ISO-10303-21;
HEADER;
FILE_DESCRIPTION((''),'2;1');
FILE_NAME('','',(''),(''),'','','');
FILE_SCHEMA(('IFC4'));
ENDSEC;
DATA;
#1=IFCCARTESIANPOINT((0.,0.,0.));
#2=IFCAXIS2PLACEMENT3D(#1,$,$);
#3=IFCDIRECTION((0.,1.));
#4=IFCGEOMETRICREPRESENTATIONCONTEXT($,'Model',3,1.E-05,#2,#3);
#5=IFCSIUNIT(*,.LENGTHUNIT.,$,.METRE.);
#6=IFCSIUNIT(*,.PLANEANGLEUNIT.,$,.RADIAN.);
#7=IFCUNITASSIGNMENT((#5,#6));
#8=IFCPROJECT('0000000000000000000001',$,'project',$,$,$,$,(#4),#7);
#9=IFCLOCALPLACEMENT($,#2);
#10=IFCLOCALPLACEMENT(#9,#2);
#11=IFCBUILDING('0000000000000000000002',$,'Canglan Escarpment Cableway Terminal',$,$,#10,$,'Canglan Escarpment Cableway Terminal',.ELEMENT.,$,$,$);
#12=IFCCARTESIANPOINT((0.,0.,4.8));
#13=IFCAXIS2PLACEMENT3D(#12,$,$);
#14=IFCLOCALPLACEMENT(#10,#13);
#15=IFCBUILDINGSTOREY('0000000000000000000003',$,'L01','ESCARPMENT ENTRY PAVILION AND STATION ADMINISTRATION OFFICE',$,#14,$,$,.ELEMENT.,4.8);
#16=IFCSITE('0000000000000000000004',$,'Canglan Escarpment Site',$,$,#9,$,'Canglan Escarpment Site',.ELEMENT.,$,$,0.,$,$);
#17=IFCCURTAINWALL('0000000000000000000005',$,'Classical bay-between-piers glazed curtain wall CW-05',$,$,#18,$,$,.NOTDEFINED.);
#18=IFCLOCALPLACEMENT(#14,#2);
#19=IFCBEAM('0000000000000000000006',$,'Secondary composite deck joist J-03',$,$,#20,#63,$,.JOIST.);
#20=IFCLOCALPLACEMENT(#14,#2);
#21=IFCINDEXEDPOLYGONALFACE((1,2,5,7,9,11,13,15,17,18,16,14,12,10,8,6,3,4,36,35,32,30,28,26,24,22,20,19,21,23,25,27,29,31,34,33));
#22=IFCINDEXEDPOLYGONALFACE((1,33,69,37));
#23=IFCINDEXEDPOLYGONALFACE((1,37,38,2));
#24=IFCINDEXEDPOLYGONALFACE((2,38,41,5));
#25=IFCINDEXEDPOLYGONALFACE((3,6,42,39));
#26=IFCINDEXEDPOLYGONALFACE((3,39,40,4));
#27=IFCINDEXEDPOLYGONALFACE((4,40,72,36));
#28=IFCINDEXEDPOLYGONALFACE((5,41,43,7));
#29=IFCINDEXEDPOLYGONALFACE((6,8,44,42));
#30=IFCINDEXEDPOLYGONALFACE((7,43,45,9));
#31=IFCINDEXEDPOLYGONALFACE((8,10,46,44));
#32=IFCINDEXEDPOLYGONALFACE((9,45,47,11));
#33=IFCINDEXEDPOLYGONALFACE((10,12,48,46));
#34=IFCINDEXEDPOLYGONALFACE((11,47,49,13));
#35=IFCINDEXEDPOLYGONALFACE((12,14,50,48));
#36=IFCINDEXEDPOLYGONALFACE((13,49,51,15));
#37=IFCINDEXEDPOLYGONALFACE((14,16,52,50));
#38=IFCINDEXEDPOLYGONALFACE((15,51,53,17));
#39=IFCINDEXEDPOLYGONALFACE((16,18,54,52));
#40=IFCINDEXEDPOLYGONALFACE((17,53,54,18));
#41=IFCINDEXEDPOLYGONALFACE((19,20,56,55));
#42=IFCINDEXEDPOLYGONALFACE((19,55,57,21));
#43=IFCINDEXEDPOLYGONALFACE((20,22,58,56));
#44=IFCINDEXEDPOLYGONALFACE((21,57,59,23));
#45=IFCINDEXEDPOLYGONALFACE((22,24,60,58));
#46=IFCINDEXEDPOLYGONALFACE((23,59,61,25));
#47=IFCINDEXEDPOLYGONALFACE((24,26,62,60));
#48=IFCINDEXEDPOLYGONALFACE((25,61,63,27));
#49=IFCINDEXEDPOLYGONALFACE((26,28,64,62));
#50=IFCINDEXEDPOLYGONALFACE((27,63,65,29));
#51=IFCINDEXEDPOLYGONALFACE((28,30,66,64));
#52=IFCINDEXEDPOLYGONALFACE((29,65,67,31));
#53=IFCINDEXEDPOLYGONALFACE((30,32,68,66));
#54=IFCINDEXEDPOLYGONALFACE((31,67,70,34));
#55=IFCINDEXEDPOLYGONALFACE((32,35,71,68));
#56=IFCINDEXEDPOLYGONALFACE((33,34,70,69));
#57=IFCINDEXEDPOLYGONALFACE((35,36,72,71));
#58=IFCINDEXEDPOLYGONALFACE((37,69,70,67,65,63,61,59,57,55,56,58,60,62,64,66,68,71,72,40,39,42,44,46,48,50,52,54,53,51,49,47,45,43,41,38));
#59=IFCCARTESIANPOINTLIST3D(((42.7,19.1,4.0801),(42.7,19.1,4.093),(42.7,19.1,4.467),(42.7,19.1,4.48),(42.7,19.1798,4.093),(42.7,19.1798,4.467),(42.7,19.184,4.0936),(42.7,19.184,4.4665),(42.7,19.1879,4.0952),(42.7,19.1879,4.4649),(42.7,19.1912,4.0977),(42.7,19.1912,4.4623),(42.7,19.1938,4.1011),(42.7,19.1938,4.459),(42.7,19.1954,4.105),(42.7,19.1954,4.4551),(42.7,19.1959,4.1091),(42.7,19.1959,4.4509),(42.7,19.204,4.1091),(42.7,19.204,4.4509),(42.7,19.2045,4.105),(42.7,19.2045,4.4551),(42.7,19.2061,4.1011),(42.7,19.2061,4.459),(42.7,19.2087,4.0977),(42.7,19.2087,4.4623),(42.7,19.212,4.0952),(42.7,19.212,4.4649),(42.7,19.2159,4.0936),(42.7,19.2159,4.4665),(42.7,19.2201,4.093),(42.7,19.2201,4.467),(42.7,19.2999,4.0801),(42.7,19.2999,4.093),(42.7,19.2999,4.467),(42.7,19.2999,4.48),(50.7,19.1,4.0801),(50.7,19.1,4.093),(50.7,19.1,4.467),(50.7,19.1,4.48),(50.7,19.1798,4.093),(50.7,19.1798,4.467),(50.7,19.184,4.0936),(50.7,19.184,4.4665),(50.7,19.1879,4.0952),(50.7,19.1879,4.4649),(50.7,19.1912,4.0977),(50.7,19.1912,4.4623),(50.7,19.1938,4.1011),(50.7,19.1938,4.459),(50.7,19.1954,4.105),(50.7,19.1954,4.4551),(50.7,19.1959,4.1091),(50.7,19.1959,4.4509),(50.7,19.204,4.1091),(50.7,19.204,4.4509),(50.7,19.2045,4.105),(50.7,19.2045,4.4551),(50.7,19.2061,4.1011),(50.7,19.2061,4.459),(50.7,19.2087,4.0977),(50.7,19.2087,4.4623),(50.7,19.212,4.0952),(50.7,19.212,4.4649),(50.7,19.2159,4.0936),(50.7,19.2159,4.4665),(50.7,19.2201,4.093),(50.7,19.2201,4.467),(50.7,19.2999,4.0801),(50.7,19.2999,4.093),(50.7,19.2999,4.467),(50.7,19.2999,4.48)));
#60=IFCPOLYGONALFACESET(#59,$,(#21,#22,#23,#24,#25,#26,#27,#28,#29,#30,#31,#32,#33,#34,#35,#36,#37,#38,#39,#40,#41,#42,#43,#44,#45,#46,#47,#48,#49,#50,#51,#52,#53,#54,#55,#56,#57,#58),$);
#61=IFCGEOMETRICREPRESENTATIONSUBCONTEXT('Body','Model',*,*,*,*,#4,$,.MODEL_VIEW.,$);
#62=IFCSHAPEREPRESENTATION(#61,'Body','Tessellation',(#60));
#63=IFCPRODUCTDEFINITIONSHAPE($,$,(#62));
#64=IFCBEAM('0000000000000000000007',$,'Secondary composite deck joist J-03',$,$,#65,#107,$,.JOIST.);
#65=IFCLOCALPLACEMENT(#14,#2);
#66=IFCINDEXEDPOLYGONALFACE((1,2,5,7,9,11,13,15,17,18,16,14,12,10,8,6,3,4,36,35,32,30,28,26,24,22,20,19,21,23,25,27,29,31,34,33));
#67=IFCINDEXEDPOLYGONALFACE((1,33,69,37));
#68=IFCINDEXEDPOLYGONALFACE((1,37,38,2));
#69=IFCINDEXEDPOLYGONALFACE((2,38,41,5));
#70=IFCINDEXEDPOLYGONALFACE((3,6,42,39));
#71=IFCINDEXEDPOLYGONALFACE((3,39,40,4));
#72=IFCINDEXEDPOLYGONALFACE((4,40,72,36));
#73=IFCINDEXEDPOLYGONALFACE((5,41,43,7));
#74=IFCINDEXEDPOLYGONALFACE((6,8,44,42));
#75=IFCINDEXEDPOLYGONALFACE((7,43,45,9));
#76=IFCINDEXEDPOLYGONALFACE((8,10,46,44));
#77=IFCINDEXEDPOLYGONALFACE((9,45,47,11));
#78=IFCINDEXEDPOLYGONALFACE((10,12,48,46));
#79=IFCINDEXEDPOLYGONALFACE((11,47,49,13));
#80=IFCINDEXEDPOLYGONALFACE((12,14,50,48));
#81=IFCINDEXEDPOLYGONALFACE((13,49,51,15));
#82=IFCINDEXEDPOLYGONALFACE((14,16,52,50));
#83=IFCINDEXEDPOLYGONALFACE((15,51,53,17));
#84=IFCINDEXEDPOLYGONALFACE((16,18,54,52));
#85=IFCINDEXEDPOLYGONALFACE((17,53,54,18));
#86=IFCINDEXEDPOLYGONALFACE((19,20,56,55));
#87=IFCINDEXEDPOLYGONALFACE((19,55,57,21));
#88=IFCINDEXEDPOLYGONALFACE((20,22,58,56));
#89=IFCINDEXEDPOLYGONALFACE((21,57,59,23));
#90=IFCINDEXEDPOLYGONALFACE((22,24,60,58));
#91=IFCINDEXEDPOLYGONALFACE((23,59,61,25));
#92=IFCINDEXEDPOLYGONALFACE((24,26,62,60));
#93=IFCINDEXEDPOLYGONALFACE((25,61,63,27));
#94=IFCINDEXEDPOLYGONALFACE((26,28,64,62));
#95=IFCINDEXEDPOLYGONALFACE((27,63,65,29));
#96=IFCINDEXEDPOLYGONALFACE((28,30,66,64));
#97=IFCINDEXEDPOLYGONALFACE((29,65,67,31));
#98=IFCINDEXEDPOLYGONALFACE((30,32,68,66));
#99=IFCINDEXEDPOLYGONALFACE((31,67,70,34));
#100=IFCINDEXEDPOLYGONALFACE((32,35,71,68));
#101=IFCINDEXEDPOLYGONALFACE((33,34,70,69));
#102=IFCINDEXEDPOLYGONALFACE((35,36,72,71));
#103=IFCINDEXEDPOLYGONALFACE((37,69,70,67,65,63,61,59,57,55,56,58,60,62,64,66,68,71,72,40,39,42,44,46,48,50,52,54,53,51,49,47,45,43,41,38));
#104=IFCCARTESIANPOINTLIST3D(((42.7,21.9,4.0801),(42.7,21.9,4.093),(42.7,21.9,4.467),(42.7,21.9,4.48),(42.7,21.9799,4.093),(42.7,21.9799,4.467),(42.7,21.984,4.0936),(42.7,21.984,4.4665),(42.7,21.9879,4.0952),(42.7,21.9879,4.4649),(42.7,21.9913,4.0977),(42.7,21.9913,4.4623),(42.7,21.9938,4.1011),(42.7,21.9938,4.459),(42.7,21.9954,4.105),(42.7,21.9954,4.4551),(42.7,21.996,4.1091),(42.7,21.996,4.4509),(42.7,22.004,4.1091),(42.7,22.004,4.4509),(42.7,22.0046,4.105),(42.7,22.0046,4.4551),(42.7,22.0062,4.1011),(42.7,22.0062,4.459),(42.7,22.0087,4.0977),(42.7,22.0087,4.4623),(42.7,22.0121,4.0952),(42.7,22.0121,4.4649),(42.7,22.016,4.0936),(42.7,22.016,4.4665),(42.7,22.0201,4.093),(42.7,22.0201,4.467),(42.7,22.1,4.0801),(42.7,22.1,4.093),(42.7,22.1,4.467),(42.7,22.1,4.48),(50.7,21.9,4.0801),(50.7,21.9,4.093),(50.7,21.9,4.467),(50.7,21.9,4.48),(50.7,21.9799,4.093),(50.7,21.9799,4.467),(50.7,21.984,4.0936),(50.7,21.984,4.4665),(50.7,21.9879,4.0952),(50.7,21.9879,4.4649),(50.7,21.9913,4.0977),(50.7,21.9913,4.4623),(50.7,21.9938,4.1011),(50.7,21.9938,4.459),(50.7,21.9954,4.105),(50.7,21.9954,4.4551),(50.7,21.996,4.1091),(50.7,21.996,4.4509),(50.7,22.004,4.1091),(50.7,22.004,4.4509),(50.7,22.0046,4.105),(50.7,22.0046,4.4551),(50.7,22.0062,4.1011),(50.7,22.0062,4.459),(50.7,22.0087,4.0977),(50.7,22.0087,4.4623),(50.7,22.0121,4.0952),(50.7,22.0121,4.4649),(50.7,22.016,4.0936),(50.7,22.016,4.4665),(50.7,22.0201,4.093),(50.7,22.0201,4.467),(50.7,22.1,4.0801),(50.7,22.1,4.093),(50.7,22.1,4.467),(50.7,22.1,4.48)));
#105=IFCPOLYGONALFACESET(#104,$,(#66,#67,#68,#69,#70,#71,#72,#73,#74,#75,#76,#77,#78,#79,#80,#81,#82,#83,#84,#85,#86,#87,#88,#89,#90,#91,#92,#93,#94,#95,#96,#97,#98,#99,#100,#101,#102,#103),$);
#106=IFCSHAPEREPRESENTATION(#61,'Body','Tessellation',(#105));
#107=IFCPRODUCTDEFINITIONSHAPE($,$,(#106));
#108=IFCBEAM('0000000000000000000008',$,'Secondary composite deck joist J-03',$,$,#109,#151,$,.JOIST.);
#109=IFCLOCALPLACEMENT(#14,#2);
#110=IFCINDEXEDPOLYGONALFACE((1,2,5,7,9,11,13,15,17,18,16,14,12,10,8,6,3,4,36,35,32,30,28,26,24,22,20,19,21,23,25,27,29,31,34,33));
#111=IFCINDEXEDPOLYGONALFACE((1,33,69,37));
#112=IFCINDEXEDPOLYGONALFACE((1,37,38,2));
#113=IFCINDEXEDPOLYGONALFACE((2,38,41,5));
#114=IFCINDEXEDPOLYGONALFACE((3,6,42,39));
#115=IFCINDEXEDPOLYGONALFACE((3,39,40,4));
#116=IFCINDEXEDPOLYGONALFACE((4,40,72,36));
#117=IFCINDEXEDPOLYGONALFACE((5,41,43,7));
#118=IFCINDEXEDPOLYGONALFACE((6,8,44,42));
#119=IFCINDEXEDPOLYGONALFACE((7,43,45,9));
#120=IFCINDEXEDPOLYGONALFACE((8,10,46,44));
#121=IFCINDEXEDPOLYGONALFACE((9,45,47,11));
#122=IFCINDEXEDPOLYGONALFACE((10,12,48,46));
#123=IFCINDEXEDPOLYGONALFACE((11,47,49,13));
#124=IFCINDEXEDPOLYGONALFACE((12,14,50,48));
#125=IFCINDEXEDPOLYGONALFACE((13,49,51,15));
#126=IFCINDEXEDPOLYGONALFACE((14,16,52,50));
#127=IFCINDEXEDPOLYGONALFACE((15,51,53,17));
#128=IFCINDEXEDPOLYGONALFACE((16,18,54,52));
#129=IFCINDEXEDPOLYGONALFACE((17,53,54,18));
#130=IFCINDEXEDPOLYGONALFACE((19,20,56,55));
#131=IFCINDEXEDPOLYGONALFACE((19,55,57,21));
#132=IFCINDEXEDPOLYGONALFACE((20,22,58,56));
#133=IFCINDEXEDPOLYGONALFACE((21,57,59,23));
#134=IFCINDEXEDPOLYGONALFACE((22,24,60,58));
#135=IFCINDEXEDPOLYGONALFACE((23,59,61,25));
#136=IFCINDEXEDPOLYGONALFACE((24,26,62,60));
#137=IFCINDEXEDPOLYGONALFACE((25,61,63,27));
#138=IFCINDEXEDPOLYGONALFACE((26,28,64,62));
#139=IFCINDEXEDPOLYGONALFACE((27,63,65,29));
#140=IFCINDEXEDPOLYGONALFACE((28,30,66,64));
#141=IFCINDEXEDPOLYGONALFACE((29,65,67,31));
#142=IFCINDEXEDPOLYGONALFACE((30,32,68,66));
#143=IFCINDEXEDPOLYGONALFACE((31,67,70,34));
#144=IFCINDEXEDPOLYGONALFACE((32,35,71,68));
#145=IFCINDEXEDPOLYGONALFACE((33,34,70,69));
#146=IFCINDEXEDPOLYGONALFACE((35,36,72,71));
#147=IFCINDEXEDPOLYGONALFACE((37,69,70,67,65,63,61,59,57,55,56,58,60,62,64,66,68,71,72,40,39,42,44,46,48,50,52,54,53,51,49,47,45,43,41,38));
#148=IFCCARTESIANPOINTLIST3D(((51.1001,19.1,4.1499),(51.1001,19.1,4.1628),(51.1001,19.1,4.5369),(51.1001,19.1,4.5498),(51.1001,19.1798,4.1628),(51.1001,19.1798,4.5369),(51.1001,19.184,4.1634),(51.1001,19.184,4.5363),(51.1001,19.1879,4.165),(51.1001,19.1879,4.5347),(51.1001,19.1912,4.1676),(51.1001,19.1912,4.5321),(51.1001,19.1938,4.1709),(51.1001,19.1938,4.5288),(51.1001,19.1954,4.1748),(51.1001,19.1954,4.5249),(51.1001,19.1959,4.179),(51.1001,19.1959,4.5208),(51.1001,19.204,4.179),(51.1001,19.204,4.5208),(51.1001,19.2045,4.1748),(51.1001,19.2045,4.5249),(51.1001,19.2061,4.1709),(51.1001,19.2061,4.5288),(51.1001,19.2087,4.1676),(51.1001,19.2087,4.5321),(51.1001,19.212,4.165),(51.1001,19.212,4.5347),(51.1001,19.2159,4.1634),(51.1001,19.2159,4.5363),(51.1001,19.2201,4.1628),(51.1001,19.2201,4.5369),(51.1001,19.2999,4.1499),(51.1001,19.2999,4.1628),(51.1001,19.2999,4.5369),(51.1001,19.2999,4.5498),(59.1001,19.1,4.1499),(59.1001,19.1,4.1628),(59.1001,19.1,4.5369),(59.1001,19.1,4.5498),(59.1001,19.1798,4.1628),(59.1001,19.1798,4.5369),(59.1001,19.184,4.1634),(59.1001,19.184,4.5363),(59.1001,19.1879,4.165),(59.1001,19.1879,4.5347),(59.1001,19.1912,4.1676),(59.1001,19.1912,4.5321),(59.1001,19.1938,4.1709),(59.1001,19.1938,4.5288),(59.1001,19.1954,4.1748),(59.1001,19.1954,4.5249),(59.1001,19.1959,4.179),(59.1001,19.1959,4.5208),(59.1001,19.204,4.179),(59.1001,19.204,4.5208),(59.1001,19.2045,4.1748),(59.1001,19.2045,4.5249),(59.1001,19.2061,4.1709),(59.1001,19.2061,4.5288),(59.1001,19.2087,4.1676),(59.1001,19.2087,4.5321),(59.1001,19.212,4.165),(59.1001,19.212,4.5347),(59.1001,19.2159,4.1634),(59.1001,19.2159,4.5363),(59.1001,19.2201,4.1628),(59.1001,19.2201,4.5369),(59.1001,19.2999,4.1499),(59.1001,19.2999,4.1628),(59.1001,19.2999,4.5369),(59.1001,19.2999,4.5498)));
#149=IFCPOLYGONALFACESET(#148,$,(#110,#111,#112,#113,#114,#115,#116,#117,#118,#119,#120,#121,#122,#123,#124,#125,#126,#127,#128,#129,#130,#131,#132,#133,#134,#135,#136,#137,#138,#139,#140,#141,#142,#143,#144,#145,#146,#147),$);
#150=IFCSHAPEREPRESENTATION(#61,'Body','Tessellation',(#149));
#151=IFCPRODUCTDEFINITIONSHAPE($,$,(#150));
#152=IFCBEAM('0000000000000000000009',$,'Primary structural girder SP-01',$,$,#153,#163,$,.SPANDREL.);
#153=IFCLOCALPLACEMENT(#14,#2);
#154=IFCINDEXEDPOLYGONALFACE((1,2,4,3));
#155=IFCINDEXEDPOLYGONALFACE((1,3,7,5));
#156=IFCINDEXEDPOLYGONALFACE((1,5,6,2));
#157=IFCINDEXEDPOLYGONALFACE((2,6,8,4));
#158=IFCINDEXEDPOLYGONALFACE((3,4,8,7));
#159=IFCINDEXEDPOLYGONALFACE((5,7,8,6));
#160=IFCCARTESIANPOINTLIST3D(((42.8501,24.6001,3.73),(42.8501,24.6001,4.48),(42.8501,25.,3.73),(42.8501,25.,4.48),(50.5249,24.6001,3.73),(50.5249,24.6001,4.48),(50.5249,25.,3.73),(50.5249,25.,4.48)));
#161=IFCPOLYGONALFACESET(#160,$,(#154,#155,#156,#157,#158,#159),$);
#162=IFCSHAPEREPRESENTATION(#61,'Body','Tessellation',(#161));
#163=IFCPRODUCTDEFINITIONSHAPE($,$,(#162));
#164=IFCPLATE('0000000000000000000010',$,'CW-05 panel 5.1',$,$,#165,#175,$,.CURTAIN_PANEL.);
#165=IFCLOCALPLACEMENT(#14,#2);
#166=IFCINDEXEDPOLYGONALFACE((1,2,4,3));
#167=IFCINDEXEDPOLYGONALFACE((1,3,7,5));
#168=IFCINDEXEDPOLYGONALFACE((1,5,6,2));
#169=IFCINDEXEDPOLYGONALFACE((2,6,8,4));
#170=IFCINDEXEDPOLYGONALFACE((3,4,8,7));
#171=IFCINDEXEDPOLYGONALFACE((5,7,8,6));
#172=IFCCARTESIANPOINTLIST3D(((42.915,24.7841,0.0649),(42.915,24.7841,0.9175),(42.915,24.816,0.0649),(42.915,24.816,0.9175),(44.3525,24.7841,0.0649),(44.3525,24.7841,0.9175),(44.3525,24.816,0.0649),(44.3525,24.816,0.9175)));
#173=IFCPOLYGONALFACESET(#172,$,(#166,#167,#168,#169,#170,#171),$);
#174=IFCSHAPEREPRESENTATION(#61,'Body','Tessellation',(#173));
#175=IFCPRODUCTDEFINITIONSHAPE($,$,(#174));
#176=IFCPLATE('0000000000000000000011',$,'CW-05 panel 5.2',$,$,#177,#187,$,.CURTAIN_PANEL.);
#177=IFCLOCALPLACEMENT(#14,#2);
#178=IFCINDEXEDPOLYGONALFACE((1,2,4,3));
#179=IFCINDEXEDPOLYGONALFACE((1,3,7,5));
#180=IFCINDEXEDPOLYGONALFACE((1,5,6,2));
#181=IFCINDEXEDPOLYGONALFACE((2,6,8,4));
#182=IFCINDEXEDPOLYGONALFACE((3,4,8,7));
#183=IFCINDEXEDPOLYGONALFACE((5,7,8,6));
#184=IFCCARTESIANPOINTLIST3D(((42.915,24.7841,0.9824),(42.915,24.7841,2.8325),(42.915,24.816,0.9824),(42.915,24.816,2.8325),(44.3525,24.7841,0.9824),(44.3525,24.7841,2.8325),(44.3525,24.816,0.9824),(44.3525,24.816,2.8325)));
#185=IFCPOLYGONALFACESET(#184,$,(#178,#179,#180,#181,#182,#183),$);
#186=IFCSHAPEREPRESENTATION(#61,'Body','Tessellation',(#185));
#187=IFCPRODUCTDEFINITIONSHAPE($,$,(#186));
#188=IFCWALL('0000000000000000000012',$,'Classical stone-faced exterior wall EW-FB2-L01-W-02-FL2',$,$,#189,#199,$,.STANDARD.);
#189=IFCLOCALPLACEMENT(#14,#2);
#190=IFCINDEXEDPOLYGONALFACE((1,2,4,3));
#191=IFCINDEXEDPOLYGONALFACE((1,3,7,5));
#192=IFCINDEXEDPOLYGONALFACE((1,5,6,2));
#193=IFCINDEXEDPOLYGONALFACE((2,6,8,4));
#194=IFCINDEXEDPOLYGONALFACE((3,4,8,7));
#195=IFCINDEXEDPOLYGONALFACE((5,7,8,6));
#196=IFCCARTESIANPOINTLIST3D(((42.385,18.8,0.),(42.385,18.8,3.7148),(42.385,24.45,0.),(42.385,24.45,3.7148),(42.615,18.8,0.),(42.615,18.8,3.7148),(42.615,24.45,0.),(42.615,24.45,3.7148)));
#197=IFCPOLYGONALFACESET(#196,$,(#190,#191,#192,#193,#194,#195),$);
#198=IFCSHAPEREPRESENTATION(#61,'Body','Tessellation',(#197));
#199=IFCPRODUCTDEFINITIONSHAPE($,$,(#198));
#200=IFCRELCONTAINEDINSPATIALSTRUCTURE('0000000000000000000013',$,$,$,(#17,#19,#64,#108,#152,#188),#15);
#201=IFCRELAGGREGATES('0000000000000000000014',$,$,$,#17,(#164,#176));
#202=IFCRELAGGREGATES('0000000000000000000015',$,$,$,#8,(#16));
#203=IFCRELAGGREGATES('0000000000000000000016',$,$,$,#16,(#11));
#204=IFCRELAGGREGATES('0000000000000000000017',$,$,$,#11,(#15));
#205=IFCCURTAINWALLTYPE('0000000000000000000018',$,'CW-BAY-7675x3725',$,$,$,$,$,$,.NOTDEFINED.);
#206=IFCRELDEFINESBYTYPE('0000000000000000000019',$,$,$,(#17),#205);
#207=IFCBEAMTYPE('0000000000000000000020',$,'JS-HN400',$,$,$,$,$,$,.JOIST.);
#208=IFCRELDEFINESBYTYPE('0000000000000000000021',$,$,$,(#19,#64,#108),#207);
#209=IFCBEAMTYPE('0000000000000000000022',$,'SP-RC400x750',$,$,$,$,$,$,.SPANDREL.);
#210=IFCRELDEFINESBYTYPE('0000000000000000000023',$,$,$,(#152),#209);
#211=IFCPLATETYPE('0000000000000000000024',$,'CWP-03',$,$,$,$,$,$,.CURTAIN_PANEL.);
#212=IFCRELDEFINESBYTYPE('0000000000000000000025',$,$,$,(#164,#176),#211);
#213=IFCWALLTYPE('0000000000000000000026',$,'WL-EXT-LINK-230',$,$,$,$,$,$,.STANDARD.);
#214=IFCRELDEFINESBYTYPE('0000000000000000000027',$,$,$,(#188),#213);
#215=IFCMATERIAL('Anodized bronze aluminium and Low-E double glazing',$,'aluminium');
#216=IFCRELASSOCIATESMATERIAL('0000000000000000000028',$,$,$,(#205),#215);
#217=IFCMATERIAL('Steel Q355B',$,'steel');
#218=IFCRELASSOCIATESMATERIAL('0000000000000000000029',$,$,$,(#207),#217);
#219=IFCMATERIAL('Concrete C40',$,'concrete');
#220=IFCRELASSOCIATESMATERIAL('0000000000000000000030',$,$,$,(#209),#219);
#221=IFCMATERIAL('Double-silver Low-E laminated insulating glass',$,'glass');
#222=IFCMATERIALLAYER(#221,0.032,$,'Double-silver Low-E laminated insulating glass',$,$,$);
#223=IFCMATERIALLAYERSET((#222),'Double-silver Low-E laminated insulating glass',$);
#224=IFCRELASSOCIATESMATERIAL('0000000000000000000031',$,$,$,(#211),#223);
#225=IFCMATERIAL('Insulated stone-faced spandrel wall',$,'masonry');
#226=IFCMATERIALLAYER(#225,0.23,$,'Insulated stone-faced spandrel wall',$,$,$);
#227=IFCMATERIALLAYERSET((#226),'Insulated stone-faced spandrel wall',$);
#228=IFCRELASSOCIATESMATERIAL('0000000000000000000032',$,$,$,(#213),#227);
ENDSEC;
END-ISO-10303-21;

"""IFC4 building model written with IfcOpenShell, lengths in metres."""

from ifc_helpers import new_model, si_unit, direction, frame, frame_2d, origin, origin_2d, place, context, subcontext, project, spatial, rectangle, i_section, extrude, material, layer, layer_set, material_profile, profile_set, type_object, element, aggregate, save


model = new_model("IFC4")

# Units and contexts
model_context = context("Model", 3, precision=1e-05, world=origin(), true_north=direction((0.0, 1.0)))
body_context = subcontext(model_context, "Body", "Model", "MODEL_VIEW")
ifc_project = project(units=[si_unit("LENGTHUNIT", "METRE"), si_unit("PLANEANGLEUNIT", "RADIAN")], contexts=[model_context])

# Site, building, storey
site_placement = place(None, origin())
site = spatial("IfcSite", under=ifc_project, at=site_placement, Name="Canglan Escarpment Site", LongName="Canglan Escarpment Site", CompositionType="ELEMENT", RefElevation=0.0)
building_placement = place(site_placement, origin())
building = spatial("IfcBuilding", under=site, at=building_placement, Name="Canglan Escarpment Cableway Terminal", LongName="Canglan Escarpment Cableway Terminal", CompositionType="ELEMENT")
storey_placement = place(building_placement, frame((0.0, 0.0, 4.8)))
storey = spatial("IfcBuildingStorey", under=building, at=storey_placement, Name="L01", Description="ESCARPMENT ENTRY PAVILION AND STATION ADMINISTRATION OFFICE", CompositionType="ELEMENT", Elevation=4.8)

# Shared definitions
ifc_material_1 = material(Name="Concrete C40", Category="concrete")

# Curtain wall
ifc_material_2 = material(Name="Anodized bronze aluminium and Low-E double glazing", Category="aluminium")
curtain_wall_type = type_object("IfcCurtainWallType", Name="CW-BAY-7675x3725", PredefinedType="NOTDEFINED", material=ifc_material_2)
curtain_wall_placement = place(storey_placement, origin())
curtain_wall = element("IfcCurtainWall", 1, at=curtain_wall_placement, inside=storey, type_object=curtain_wall_type, Name="Classical bay-between-piers glazed curtain wall CW-05", PredefinedType="NOTDEFINED")

# Beams
ifc_material_3 = material(Name="Steel Q355B", Category="steel")
ifc_material_profile_1 = material_profile(ifc_material_3, i_section(OverallWidth=0.2, OverallDepth=0.3999, WebThickness=0.0081, FlangeThickness=0.0129, FilletRadius=0.0161, at=origin_2d()), Name="HN 400x200x8x13")
ifc_profile_set_1 = profile_set([ifc_material_profile_1], Name="Steel Q355B")
beam_type_1 = type_object("IfcBeamType", Name="JS-HN400", PredefinedType="JOIST", material=ifc_profile_set_1)
for number, where, z_axis, x_axis, name in (
    (2, (42.7, 19.2, 4.28), (1.0, 0.0, 0.0), (0.0, 1.0, 0.0), "Secondary composite deck joist J-03"),
    (3, (42.7, 22.0, 4.28), (1.0, 0.0, 0.0), (0.0, 1.0, 0.0), "Secondary composite deck joist J-03"),
    (4, (51.1001, 19.2, 4.3499), (1.0, 0.0, 0.0), (0.0, 1.0, 0.0), "Secondary composite deck joist J-03"),
):
    element("IfcBeam", number, at=place(storey_placement, frame(where, z_axis=z_axis, x_axis=x_axis)), inside=storey, type_object=beam_type_1, Name=name, PredefinedType="JOIST", context=body_context, shape_type="SweptSolid", body=[
        extrude(i_section(OverallWidth=0.2, OverallDepth=0.3999, WebThickness=0.0081, FlangeThickness=0.0129, FilletRadius=0.0161, at=origin_2d()), origin(), (0.0, 0.0, 1.0), 8.0),
    ])
ifc_material_profile_2 = material_profile(ifc_material_1, rectangle(XDim=0.3999, YDim=0.75, at=origin_2d()), Name="RC 400x750")
ifc_profile_set_2 = profile_set([ifc_material_profile_2], Name="Concrete C40")
beam_type_2 = type_object("IfcBeamType", Name="SP-RC400x750", PredefinedType="SPANDREL", material=ifc_profile_set_2)
beam_1_placement = place(storey_placement, frame((42.8501, 24.8, 4.105), z_axis=(1.0, 0.0, 0.0), x_axis=(0.0, 1.0, 0.0)))
element("IfcBeam", 5, at=beam_1_placement, inside=storey, type_object=beam_type_2, Name="Primary structural girder SP-01", PredefinedType="SPANDREL", context=body_context, shape_type="SweptSolid", body=[
    extrude(rectangle(XDim=0.3999, YDim=0.75, at=origin_2d()), origin(), (0.0, 0.0, 1.0), 7.6748),
])

# Plates
ifc_material_4 = material(Name="Double-silver Low-E laminated insulating glass", Category="glass")
ifc_layer_1 = layer(ifc_material_4, 0.032, Name="Double-silver Low-E laminated insulating glass")
ifc_layer_set_1 = layer_set([ifc_layer_1], Name="Double-silver Low-E laminated insulating glass")
plate_type = type_object("IfcPlateType", Name="CWP-03", PredefinedType="CURTAIN_PANEL", material=ifc_layer_set_1)
plate_1_placement = place(storey_placement, frame((43.6338, 24.8, 0.0649), z_axis=(0.0, 0.0, 1.0), x_axis=(-1.0, 0.0, 0.0)))
plate_1 = element("IfcPlate", 6, at=plate_1_placement, type_object=plate_type, Name="CW-05 panel 5.1", PredefinedType="CURTAIN_PANEL", context=body_context, shape_type="SweptSolid", body=[
    extrude(rectangle(XDim=1.4375, YDim=0.032, at=origin_2d()), origin(), (0.0, 0.0, 1.0), 0.8525),
])
plate_2_placement = place(storey_placement, frame((43.6338, 24.8, 0.9824), z_axis=(0.0, 0.0, 1.0), x_axis=(-1.0, 0.0, 0.0)))
plate_2 = element("IfcPlate", 7, at=plate_2_placement, type_object=plate_type, Name="CW-05 panel 5.2", PredefinedType="CURTAIN_PANEL", context=body_context, shape_type="SweptSolid", body=[
    extrude(rectangle(XDim=1.4375, YDim=0.032, at=origin_2d()), origin(), (0.0, 0.0, 1.0), 1.8501),
])
aggregate(curtain_wall, [plate_1, plate_2])

# Wall
ifc_material_5 = material(Name="Insulated stone-faced spandrel wall", Category="masonry")
ifc_layer_2 = layer(ifc_material_5, 0.23, Name="Insulated stone-faced spandrel wall")
ifc_layer_set_2 = layer_set([ifc_layer_2], Name="Insulated stone-faced spandrel wall")
wall_type_1 = type_object("IfcWallType", Name="WL-EXT-LINK-230", PredefinedType="STANDARD", material=ifc_layer_set_2)
wall_1_placement = place(storey_placement, frame((42.5, 18.8, 0.0), z_axis=(0.0, 0.0, 1.0), x_axis=(0.0, 1.0, 0.0)))
element("IfcWall", 8, at=wall_1_placement, inside=storey, type_object=wall_type_1, Name="Classical stone-faced exterior wall EW-FB2-L01-W-02-FL2", PredefinedType="STANDARD", context=body_context, shape_type="SweptSolid", body=[
    extrude(rectangle(XDim=5.6499, YDim=0.23, at=frame_2d((2.825, 0.0))), origin(), (0.0, 0.0, 1.0), 3.7148),
])

save(model, "model.ifc")
